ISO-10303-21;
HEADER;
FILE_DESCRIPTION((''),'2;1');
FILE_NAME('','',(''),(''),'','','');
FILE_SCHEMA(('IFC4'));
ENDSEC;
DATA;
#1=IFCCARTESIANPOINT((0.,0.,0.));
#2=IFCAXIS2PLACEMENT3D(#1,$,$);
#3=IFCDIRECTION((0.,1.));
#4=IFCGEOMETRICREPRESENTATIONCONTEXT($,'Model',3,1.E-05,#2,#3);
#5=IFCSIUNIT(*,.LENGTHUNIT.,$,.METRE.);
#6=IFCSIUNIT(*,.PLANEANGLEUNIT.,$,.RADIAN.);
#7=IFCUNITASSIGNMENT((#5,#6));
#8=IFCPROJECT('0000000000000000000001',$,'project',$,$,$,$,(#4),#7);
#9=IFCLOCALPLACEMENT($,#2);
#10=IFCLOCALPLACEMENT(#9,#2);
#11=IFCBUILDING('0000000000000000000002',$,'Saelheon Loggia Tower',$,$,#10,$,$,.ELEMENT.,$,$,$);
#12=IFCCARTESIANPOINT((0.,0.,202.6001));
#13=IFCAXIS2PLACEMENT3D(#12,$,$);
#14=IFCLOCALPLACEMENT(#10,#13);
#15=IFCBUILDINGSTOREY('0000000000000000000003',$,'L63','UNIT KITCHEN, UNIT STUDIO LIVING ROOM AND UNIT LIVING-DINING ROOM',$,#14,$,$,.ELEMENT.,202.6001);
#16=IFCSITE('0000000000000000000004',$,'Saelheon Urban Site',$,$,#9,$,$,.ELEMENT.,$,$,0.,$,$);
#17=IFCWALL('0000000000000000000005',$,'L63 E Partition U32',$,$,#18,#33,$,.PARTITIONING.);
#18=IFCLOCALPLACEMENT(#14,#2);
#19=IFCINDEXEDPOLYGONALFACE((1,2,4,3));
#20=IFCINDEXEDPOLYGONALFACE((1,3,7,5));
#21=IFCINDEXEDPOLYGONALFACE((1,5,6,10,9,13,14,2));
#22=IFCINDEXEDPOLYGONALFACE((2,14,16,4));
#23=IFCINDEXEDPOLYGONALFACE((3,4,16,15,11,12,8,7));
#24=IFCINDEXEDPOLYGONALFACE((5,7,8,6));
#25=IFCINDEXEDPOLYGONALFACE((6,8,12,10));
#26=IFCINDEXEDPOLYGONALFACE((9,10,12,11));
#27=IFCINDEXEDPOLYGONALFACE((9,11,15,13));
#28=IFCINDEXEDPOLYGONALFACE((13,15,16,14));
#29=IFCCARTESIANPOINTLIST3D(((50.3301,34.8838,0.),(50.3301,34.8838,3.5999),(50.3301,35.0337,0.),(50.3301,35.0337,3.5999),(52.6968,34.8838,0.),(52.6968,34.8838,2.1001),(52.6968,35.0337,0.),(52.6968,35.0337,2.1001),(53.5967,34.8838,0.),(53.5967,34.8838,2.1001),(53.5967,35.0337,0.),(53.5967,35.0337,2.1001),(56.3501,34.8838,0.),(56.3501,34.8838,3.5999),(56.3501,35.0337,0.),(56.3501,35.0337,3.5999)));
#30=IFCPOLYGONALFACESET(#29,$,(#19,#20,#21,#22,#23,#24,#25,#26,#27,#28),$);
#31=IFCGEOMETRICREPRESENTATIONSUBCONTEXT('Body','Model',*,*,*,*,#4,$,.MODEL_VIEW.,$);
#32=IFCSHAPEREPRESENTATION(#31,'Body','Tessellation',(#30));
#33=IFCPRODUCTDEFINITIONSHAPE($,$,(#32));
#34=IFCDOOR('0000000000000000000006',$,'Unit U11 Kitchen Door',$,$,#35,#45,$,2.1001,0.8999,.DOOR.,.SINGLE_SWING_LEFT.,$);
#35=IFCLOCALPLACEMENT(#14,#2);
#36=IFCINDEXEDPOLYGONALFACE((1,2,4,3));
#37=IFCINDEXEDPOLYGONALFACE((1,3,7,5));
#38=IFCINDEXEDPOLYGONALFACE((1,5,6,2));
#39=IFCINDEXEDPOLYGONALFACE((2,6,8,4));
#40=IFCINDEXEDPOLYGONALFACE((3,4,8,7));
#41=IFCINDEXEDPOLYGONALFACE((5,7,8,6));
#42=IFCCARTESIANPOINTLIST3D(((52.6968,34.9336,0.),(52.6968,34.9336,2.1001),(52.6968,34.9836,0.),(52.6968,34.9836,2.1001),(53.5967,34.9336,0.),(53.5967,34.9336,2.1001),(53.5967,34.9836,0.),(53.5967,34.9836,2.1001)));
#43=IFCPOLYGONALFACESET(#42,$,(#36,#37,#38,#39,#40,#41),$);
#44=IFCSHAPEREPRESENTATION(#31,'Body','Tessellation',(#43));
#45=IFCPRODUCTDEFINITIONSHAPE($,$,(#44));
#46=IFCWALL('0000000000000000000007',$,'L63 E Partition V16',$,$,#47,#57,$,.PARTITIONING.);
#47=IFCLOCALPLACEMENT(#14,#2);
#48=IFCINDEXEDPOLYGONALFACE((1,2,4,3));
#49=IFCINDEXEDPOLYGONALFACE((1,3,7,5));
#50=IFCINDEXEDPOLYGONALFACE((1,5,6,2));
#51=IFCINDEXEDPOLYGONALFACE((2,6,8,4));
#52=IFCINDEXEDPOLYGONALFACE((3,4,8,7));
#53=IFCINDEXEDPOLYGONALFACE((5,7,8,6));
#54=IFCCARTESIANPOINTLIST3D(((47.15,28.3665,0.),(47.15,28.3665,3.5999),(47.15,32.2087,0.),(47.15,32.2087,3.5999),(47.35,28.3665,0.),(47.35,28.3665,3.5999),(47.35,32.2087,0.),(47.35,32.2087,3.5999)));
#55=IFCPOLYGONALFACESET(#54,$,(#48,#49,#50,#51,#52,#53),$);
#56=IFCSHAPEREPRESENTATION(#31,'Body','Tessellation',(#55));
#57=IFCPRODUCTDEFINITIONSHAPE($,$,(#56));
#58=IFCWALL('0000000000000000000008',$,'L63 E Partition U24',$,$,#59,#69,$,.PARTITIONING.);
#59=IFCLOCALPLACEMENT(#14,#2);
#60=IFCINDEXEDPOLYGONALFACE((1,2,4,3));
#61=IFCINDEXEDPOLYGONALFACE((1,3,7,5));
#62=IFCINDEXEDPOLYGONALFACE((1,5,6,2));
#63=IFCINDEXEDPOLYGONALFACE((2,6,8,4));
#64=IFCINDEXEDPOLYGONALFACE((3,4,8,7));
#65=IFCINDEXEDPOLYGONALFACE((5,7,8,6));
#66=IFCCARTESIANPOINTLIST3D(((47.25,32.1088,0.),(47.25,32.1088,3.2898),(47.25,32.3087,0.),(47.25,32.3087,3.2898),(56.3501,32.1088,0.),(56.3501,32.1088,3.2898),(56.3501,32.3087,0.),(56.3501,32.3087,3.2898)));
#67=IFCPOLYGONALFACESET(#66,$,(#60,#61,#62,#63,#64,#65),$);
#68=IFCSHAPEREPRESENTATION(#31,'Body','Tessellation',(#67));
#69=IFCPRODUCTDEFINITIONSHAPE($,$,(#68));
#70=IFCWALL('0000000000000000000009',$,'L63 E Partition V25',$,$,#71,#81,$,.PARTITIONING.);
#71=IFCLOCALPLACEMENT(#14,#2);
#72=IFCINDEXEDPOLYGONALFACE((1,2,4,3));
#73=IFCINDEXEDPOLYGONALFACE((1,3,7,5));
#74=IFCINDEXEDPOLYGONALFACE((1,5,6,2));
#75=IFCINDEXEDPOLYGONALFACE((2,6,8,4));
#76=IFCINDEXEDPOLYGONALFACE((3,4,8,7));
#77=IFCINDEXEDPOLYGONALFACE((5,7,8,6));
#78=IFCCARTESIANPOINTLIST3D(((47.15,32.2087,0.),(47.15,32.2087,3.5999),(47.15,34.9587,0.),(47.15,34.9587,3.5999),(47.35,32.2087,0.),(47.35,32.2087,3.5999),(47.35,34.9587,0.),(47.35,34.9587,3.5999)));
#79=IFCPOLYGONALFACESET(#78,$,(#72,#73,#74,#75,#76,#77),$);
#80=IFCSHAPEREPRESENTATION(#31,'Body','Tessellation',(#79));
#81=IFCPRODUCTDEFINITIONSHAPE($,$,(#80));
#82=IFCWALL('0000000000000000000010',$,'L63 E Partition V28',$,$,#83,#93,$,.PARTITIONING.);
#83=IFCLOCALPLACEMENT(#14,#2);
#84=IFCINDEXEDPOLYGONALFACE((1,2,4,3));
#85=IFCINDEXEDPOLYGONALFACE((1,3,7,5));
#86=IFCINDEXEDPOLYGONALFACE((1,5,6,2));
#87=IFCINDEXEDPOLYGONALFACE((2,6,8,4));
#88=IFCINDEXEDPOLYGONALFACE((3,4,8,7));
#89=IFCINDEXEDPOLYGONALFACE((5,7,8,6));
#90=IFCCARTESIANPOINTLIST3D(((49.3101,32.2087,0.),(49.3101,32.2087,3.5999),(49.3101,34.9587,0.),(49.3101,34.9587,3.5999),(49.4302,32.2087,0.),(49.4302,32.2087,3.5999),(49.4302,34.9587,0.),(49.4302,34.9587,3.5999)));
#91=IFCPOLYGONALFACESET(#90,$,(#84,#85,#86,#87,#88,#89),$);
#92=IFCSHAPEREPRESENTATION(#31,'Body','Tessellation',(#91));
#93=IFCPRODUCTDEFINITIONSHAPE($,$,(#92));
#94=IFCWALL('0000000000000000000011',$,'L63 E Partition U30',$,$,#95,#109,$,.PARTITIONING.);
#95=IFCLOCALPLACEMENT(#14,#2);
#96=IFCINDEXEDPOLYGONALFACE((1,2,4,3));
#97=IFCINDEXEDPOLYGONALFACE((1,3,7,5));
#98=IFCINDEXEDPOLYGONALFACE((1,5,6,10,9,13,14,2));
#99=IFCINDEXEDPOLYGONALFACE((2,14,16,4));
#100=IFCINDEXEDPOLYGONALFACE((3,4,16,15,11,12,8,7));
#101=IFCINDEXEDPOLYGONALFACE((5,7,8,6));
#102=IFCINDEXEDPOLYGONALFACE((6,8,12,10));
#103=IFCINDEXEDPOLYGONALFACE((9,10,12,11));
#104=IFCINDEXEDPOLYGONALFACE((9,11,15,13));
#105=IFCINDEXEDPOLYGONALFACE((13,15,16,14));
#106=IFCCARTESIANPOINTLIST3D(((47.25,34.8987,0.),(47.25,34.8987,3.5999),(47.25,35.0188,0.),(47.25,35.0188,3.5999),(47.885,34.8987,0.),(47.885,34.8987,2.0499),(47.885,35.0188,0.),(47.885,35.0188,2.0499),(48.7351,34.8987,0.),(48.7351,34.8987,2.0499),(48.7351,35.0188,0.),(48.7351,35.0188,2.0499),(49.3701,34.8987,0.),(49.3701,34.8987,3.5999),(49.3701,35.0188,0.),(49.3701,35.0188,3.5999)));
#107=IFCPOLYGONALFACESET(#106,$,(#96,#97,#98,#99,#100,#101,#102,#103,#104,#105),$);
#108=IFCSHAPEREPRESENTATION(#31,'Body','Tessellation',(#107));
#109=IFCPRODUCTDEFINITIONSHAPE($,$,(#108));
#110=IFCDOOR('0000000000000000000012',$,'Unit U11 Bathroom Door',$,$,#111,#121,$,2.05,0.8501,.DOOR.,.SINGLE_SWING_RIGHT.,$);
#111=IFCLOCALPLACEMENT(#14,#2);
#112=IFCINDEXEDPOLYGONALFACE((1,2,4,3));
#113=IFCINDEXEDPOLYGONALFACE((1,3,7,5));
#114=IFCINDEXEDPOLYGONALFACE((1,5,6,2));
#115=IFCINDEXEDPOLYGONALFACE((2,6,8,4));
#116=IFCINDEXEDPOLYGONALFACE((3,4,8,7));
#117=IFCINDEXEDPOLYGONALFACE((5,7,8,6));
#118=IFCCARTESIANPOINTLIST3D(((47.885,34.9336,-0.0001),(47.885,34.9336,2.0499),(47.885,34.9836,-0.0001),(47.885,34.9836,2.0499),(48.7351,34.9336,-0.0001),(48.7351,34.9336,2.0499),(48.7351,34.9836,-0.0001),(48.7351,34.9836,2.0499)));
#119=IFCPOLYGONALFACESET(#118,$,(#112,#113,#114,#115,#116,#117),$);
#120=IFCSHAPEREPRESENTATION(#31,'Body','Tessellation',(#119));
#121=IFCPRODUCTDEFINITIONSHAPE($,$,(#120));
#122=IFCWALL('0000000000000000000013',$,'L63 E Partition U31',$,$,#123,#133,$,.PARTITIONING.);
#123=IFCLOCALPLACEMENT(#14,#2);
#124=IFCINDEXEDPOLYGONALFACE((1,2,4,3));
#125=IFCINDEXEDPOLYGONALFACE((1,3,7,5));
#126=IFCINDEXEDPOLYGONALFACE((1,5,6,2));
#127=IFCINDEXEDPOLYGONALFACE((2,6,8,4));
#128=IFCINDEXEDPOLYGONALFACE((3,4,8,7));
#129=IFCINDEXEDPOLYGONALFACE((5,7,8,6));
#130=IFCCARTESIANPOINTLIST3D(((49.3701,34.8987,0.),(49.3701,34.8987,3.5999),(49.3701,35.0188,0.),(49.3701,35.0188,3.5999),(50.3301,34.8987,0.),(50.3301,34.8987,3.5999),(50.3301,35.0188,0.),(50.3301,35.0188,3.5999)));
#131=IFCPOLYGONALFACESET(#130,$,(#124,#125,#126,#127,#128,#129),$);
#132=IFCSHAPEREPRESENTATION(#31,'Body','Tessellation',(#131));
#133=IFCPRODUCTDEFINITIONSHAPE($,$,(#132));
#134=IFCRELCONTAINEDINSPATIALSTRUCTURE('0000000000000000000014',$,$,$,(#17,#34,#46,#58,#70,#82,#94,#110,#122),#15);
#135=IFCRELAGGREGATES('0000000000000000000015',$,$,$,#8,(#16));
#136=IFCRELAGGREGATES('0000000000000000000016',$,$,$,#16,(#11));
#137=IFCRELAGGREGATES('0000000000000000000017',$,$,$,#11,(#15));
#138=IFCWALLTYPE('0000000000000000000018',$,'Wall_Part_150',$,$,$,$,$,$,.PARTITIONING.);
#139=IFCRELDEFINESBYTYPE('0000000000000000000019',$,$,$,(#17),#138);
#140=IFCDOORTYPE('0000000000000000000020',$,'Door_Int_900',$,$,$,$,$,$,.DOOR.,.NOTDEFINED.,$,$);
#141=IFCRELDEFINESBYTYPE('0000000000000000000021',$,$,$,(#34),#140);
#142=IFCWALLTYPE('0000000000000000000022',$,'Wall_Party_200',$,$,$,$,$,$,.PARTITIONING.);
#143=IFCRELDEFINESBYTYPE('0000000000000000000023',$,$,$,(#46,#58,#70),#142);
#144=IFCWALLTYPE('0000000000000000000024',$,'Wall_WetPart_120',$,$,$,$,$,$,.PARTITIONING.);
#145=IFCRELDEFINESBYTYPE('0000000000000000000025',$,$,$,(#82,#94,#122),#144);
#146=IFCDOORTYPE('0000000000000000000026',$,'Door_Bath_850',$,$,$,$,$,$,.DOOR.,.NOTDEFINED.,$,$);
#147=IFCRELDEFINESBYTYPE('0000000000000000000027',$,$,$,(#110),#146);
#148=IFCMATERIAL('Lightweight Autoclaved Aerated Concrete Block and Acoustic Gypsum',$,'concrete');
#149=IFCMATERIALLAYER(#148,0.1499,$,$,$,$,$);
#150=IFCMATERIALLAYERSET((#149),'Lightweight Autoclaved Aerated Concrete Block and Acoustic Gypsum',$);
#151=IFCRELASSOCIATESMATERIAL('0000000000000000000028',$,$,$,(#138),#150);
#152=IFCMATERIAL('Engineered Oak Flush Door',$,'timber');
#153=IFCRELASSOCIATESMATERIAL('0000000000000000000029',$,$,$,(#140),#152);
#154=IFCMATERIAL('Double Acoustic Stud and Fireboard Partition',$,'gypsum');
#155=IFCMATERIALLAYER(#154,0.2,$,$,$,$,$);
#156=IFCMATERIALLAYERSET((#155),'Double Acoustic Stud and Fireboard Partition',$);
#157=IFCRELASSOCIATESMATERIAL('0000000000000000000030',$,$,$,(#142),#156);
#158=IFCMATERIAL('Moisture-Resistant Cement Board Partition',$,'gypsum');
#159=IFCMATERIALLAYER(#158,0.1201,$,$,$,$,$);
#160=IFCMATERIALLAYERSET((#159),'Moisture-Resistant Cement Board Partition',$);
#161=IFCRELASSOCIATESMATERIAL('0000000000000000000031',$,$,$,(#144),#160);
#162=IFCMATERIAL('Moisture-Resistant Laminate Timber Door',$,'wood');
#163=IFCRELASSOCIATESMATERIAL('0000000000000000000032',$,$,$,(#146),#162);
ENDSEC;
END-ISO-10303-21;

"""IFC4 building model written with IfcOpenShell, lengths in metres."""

from ifc_helpers import new_model, si_unit, direction, frame, frame_2d, origin, place, context, subcontext, project, spatial, rectangle, extrude, source, transform, mapped, material, layer, layer_set, type_object, element, fill, save


model = new_model("IFC4")

# Units and contexts
model_context = context("Model", 3, precision=1e-05, world=origin(), true_north=direction((0.0, 1.0)))
body_context = subcontext(model_context, "Body", "Model", "MODEL_VIEW")
ifc_project = project(units=[si_unit("LENGTHUNIT", "METRE"), si_unit("PLANEANGLEUNIT", "RADIAN")], contexts=[model_context])

# Site, building, storey
site_placement = place(None, origin())
site = spatial("IfcSite", under=ifc_project, at=site_placement, Name="Saelheon Urban Site", CompositionType="ELEMENT", RefElevation=0.0)
building_placement = place(site_placement, origin())
building = spatial("IfcBuilding", under=site, at=building_placement, Name="Saelheon Loggia Tower", CompositionType="ELEMENT")
storey_placement = place(building_placement, frame((0.0, 0.0, 202.6001)))
storey = spatial("IfcBuildingStorey", under=building, at=storey_placement, Name="L63", Description="UNIT KITCHEN, UNIT STUDIO LIVING ROOM AND UNIT LIVING-DINING ROOM", CompositionType="ELEMENT", Elevation=202.6001)

# Shared definitions
ifc_material_1 = material(Name="Lightweight Autoclaved Aerated Concrete Block and Acoustic Gypsum", Category="concrete")
ifc_layer_1 = layer(ifc_material_1, 0.1499)
ifc_layer_set_1 = layer_set([ifc_layer_1], Name="Lightweight Autoclaved Aerated Concrete Block and Acoustic Gypsum")
wall_type_1 = type_object("IfcWallType", Name="Wall_Part_150", PredefinedType="PARTITIONING", material=ifc_layer_set_1)

# Wall, opening, door
ifc_material_2 = material(Name="Engineered Oak Flush Door", Category="timber")
door_type_1 = type_object("IfcDoorType", Name="Door_Int_900", OperationType="NOTDEFINED", PredefinedType="DOOR", material=ifc_material_2)
shared_shape_1 = source(origin(), body_context, "Body", "SweptSolid", [
    extrude(rectangle(XDim=0.8999, YDim=2.1001, at=frame_2d((0.45, 1.05))), frame((0.0, 0.0249, 0.0), z_axis=(0.0, -1.0, 0.0), x_axis=(1.0, 0.0, 0.0)), (0.0, 0.0, 1.0), 0.05),
])
wall_1_placement = place(storey_placement, frame((50.3301, 34.9587, 0.0), z_axis=(0.0, 0.0, 1.0), x_axis=(1.0, 0.0, 0.0)))
wall_1 = element("IfcWall", 1, at=wall_1_placement, inside=storey, type_object=wall_type_1, Name="L63 E Partition U32", PredefinedType="PARTITIONING", context=body_context, shape_type="SweptSolid", body=[
    extrude(rectangle(XDim=6.02, YDim=0.1499, at=frame_2d((3.01, 0.0))), origin(), (0.0, 0.0, 1.0), 3.5999),
])
opening_1_placement = place(wall_1_placement, frame((2.3667, 0.0, 0.0)))
opening_1 = element("IfcOpeningElement", 2, at=opening_1_placement, cuts=wall_1, PredefinedType="OPENING", context=body_context, shape_type="SweptSolid", body=[
    extrude(rectangle(XDim=0.8999, YDim=2.1001, at=frame_2d((0.45, 1.05))), frame((0.0, 0.0869, 0.0), z_axis=(0.0, -1.0, 0.0), x_axis=(1.0, 0.0, 0.0)), (0.0, 0.0, 1.0), 0.1738),
])
door_1_placement = place(opening_1_placement, origin())
door_1 = element("IfcDoor", 3, at=door_1_placement, inside=storey, type_object=door_type_1, Name="Unit U11 Kitchen Door", OperationType="SINGLE_SWING_LEFT", OverallHeight=2.1001, OverallWidth=0.8999, PredefinedType="DOOR", context=body_context, shape_type="MappedRepresentation", body=[
    mapped(shared_shape_1, transform((0.0, 0.0, 0.0), scale=1.0)),
])
fill(opening_1, door_1)

# Walls
ifc_material_3 = material(Name="Double Acoustic Stud and Fireboard Partition", Category="gypsum")
ifc_layer_2 = layer(ifc_material_3, 0.2)
ifc_layer_set_2 = layer_set([ifc_layer_2], Name="Double Acoustic Stud and Fireboard Partition")
wall_type_2 = type_object("IfcWallType", Name="Wall_Party_200", PredefinedType="PARTITIONING", material=ifc_layer_set_2)
wall_2_placement = place(storey_placement, frame((47.25, 28.3665, 0.0), z_axis=(0.0, 0.0, 1.0), x_axis=(0.0, 1.0, 0.0)))
element("IfcWall", 4, at=wall_2_placement, inside=storey, type_object=wall_type_2, Name="L63 E Partition V16", PredefinedType="PARTITIONING", context=body_context, shape_type="SweptSolid", body=[
    extrude(rectangle(XDim=3.8423, YDim=0.2, at=frame_2d((1.9211, 0.0))), origin(), (0.0, 0.0, 1.0), 3.5999),
])
wall_3_placement = place(storey_placement, frame((47.25, 32.2087, 0.0), z_axis=(0.0, 0.0, 1.0), x_axis=(1.0, 0.0, 0.0)))
element("IfcWall", 5, at=wall_3_placement, inside=storey, type_object=wall_type_2, Name="L63 E Partition U24", PredefinedType="PARTITIONING", context=body_context, shape_type="SweptSolid", body=[
    extrude(rectangle(XDim=9.1001, YDim=0.2, at=frame_2d((4.55, 0.0))), origin(), (0.0, 0.0, 1.0), 3.2898),
])
wall_4_placement = place(storey_placement, frame((47.25, 32.2087, 0.0), z_axis=(0.0, 0.0, 1.0), x_axis=(0.0, 1.0, 0.0)))
element("IfcWall", 6, at=wall_4_placement, inside=storey, type_object=wall_type_2, Name="L63 E Partition V25", PredefinedType="PARTITIONING", context=body_context, shape_type="SweptSolid", body=[
    extrude(rectangle(XDim=2.75, YDim=0.2, at=frame_2d((1.375, 0.0))), origin(), (0.0, 0.0, 1.0), 3.5999),
])

# Wall
ifc_material_4 = material(Name="Moisture-Resistant Cement Board Partition", Category="gypsum")
ifc_layer_3 = layer(ifc_material_4, 0.1201)
ifc_layer_set_3 = layer_set([ifc_layer_3], Name="Moisture-Resistant Cement Board Partition")
wall_type_3 = type_object("IfcWallType", Name="Wall_WetPart_120", PredefinedType="PARTITIONING", material=ifc_layer_set_3)
wall_5_placement = place(storey_placement, frame((49.3701, 32.2087, 0.0), z_axis=(0.0, 0.0, 1.0), x_axis=(0.0, 1.0, 0.0)))
element("IfcWall", 7, at=wall_5_placement, inside=storey, type_object=wall_type_3, Name="L63 E Partition V28", PredefinedType="PARTITIONING", context=body_context, shape_type="SweptSolid", body=[
    extrude(rectangle(XDim=2.75, YDim=0.1201, at=frame_2d((1.375, 0.0))), origin(), (0.0, 0.0, 1.0), 3.5999),
])

# Wall, opening, door
wall_6_placement = place(storey_placement, frame((47.25, 34.9587, 0.0), z_axis=(0.0, 0.0, 1.0), x_axis=(1.0, 0.0, 0.0)))
wall_6 = element("IfcWall", 8, at=wall_6_placement, inside=storey, type_object=wall_type_3, Name="L63 E Partition U30", PredefinedType="PARTITIONING", context=body_context, shape_type="SweptSolid", body=[
    extrude(rectangle(XDim=2.1201, YDim=0.1201, at=frame_2d((1.0601, 0.0))), origin(), (0.0, 0.0, 1.0), 3.5999),
])
opening_2_placement = place(wall_6_placement, frame((0.635, 0.0, 0.0)))
opening_2 = element("IfcOpeningElement", 9, at=opening_2_placement, cuts=wall_6, PredefinedType="OPENING", context=body_context, shape_type="SweptSolid", body=[
    extrude(rectangle(XDim=0.8501, YDim=2.05, at=frame_2d((0.425, 1.0249))), frame((0.0, 0.072, 0.0), z_axis=(0.0, -1.0, 0.0), x_axis=(1.0, 0.0, 0.0)), (0.0, 0.0, 1.0), 0.144),
])
ifc_material_5 = material(Name="Moisture-Resistant Laminate Timber Door", Category="wood")
door_type_2 = type_object("IfcDoorType", Name="Door_Bath_850", OperationType="NOTDEFINED", PredefinedType="DOOR", material=ifc_material_5)
shared_shape_2 = source(origin(), body_context, "Body", "SweptSolid", [
    extrude(rectangle(XDim=0.8501, YDim=2.05, at=frame_2d((0.425, 1.0249))), frame((0.0, 0.0249, 0.0), z_axis=(0.0, -1.0, 0.0), x_axis=(1.0, 0.0, 0.0)), (0.0, 0.0, 1.0), 0.05),
])
door_2_placement = place(opening_2_placement, origin())
door_2 = element("IfcDoor", 10, at=door_2_placement, inside=storey, type_object=door_type_2, Name="Unit U11 Bathroom Door", OperationType="SINGLE_SWING_RIGHT", OverallHeight=2.05, OverallWidth=0.8501, PredefinedType="DOOR", context=body_context, shape_type="MappedRepresentation", body=[
    mapped(shared_shape_2, transform((0.0, 0.0, 0.0), scale=1.0)),
])
fill(opening_2, door_2)

# Wall
wall_7_placement = place(storey_placement, frame((49.3701, 34.9587, 0.0), z_axis=(0.0, 0.0, 1.0), x_axis=(1.0, 0.0, 0.0)))
element("IfcWall", 11, at=wall_7_placement, inside=storey, type_object=wall_type_3, Name="L63 E Partition U31", PredefinedType="PARTITIONING", context=body_context, shape_type="SweptSolid", body=[
    extrude(rectangle(XDim=0.96, YDim=0.1201, at=frame_2d((0.48, 0.0))), origin(), (0.0, 0.0, 1.0), 3.5999),
])

save(model, "model.ifc")
